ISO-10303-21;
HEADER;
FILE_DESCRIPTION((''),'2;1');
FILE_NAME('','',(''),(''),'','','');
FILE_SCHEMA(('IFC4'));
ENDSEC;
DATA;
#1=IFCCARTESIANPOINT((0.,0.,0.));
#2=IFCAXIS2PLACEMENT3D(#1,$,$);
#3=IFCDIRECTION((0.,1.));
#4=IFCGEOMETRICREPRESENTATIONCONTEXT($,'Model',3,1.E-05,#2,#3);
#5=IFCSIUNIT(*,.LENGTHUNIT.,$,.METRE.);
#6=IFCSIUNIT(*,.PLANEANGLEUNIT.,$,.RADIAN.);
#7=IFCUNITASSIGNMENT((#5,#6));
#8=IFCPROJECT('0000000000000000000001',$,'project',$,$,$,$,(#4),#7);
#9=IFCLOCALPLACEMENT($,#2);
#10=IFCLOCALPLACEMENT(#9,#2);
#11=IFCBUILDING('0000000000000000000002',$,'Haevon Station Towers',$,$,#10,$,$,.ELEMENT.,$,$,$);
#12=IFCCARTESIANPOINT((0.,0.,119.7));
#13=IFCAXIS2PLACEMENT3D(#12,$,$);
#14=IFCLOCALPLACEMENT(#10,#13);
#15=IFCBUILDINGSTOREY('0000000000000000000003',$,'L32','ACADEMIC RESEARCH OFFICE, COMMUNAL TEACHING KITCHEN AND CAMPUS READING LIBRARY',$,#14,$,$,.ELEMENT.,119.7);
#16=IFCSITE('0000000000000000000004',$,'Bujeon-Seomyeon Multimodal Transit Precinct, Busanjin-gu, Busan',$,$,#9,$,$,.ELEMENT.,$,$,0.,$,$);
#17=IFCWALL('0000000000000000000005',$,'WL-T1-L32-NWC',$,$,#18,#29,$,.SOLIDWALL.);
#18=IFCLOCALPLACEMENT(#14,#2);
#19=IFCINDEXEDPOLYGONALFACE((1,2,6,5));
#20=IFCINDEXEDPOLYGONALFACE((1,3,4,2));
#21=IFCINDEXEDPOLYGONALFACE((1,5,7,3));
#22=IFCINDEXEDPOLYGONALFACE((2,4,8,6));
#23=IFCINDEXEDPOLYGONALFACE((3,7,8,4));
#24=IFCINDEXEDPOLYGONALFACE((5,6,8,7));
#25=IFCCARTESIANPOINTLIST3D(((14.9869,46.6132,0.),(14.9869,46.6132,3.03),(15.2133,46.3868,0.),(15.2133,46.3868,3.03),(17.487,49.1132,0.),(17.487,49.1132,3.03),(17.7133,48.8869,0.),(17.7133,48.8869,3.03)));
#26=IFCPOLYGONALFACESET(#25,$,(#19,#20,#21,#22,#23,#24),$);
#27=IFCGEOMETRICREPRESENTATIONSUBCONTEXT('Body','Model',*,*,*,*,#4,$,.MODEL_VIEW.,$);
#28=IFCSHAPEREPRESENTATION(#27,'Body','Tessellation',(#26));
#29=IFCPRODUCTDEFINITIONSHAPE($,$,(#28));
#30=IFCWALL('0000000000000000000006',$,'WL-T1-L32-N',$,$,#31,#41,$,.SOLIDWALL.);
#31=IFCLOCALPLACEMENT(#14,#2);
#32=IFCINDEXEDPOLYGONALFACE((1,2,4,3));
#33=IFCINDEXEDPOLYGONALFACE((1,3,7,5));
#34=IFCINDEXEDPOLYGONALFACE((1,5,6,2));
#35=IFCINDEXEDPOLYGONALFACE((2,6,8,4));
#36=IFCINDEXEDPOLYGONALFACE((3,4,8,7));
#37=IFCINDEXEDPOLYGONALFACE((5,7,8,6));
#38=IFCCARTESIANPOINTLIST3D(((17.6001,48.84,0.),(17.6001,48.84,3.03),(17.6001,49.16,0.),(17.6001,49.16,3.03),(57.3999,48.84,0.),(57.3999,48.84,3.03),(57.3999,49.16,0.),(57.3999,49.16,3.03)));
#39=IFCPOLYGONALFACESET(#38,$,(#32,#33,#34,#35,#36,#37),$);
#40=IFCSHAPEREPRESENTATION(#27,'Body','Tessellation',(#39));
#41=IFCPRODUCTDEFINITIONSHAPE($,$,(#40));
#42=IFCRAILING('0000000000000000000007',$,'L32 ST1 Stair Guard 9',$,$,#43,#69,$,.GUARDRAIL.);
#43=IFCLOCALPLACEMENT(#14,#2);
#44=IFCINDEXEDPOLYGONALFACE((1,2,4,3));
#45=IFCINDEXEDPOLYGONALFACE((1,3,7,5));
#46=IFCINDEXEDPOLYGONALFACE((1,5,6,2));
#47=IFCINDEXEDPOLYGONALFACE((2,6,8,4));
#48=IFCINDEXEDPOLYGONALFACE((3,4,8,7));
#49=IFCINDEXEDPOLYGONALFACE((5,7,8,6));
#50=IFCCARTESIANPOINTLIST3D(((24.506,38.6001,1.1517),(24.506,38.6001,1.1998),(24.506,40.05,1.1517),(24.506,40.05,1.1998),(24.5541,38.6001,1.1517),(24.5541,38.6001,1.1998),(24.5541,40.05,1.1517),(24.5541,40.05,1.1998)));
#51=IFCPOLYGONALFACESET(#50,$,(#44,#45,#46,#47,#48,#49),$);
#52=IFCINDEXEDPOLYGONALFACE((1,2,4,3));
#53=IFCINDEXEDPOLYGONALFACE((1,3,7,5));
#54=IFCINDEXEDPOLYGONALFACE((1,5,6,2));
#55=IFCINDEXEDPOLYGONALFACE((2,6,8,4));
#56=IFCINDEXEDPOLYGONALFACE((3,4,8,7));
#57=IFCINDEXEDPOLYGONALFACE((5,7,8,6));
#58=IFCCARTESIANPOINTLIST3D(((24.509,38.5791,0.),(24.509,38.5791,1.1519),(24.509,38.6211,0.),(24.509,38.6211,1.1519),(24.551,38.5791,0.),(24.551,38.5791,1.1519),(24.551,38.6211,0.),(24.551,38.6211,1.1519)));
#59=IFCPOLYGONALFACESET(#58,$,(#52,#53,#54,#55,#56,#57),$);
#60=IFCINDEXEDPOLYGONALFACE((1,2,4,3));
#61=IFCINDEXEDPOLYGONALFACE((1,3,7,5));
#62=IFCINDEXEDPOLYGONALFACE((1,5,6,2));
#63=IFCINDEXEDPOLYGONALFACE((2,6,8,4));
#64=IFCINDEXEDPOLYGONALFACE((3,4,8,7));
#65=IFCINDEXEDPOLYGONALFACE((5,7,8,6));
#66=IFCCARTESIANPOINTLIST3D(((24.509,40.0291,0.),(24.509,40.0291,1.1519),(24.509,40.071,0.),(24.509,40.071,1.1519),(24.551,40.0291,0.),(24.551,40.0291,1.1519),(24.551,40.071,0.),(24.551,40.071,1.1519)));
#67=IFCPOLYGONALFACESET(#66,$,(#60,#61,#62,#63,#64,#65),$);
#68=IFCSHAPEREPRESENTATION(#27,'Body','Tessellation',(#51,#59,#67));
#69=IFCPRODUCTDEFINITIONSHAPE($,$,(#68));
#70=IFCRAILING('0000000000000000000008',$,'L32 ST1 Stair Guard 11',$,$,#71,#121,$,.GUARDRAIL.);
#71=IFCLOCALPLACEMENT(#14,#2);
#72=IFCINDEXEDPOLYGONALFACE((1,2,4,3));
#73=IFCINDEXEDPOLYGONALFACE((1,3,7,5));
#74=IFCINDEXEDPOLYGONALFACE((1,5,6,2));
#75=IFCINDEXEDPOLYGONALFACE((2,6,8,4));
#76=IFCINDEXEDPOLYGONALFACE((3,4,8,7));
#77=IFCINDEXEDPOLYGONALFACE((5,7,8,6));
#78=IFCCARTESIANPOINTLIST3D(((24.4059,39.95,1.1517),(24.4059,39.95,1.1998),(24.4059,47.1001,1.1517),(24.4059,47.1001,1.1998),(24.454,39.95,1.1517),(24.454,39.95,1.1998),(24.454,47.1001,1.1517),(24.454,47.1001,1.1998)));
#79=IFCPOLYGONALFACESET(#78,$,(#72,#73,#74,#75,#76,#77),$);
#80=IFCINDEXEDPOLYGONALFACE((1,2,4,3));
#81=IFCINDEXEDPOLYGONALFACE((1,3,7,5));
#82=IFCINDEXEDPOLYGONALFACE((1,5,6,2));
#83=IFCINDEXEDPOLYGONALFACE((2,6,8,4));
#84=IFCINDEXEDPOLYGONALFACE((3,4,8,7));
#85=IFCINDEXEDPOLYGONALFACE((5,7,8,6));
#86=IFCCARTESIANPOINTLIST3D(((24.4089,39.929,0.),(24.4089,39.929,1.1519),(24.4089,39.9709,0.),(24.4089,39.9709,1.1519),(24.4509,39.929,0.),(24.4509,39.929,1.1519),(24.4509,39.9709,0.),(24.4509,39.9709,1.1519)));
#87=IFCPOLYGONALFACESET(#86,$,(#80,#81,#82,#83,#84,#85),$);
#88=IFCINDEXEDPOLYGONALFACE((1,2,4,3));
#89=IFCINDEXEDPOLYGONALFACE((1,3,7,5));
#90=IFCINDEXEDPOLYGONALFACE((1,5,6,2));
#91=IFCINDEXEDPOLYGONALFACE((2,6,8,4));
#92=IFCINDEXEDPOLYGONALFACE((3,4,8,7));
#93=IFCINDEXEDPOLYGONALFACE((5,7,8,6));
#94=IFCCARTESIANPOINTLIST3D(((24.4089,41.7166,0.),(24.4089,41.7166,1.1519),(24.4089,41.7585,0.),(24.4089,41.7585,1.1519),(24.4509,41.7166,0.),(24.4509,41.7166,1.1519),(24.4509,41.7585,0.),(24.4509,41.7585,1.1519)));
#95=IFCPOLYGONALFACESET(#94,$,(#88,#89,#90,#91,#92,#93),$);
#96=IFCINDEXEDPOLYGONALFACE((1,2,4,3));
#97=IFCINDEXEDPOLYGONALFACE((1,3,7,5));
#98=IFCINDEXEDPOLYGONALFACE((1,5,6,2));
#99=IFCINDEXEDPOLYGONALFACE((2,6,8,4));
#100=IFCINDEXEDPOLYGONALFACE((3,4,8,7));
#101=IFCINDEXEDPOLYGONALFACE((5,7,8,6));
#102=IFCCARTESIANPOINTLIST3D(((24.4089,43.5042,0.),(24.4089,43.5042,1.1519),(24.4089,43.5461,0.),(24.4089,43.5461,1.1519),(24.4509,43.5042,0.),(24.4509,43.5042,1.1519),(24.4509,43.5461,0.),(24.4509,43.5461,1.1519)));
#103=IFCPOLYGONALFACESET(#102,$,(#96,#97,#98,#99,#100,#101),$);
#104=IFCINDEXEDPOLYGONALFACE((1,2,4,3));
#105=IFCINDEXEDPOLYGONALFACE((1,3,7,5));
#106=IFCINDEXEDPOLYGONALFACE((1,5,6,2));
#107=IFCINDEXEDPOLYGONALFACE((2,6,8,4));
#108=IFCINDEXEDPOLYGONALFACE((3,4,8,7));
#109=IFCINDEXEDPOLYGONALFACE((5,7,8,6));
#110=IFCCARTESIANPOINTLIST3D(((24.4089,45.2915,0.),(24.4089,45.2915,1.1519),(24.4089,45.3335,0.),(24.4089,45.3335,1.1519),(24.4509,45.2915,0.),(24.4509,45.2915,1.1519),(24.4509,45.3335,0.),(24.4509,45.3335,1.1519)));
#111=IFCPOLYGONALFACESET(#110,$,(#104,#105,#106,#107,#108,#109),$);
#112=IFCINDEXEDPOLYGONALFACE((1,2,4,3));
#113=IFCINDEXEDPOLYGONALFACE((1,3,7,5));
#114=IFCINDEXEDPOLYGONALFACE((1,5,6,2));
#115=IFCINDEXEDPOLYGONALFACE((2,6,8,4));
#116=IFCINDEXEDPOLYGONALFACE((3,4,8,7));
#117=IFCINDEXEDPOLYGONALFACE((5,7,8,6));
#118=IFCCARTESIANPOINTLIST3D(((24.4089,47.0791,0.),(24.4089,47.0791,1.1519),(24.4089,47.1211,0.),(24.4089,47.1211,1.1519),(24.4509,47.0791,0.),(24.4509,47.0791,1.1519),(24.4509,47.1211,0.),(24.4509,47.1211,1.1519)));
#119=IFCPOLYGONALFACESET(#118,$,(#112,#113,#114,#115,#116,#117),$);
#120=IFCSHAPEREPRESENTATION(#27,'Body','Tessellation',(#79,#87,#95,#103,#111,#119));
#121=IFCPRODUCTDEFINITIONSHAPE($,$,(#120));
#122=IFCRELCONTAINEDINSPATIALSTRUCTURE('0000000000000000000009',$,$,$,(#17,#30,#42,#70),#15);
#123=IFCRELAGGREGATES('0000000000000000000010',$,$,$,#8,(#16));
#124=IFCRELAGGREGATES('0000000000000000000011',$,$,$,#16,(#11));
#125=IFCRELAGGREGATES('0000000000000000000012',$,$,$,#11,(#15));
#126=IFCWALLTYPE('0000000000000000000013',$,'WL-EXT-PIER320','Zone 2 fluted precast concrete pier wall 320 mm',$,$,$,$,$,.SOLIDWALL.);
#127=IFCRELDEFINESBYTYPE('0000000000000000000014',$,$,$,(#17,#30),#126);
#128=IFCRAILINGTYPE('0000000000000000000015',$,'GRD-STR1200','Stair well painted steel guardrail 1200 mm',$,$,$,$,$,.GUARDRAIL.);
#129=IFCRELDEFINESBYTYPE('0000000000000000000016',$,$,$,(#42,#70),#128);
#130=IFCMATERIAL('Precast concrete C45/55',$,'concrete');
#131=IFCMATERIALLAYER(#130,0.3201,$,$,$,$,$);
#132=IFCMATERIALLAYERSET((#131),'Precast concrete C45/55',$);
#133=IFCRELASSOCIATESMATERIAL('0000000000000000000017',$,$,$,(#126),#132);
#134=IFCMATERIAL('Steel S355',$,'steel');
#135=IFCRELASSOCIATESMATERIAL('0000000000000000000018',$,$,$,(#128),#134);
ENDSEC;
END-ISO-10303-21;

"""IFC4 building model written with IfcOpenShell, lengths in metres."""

from ifc_helpers import new_model, si_unit, direction, frame, frame_2d, origin, origin_2d, place, context, subcontext, project, spatial, rectangle, extrude, material, layer, layer_set, type_object, element, save


model = new_model("IFC4")

# Units and contexts
model_context = context("Model", 3, precision=1e-05, world=origin(), true_north=direction((0.0, 1.0)))
body_context = subcontext(model_context, "Body", "Model", "MODEL_VIEW")
ifc_project = project(units=[si_unit("LENGTHUNIT", "METRE"), si_unit("PLANEANGLEUNIT", "RADIAN")], contexts=[model_context])

# Site, building, storey
site_placement = place(None, origin())
site = spatial("IfcSite", under=ifc_project, at=site_placement, Name="Bujeon-Seomyeon Multimodal Transit Precinct, Busanjin-gu, Busan", CompositionType="ELEMENT", RefElevation=0.0)
building_placement = place(site_placement, origin())
building = spatial("IfcBuilding", under=site, at=building_placement, Name="Haevon Station Towers", CompositionType="ELEMENT")
storey_placement = place(building_placement, frame((0.0, 0.0, 119.7)))
storey = spatial("IfcBuildingStorey", under=building, at=storey_placement, Name="L32", Description="ACADEMIC RESEARCH OFFICE, COMMUNAL TEACHING KITCHEN AND CAMPUS READING LIBRARY", CompositionType="ELEMENT", Elevation=119.7)

# Shared definitions
ifc_material_1 = material(Name="Steel S355", Category="steel")

# Walls
ifc_material_2 = material(Name="Precast concrete C45/55", Category="concrete")
ifc_layer_1 = layer(ifc_material_2, 0.3201)
ifc_layer_set_1 = layer_set([ifc_layer_1], Name="Precast concrete C45/55")
wall_type_1 = type_object("IfcWallType", Name="WL-EXT-PIER320", Description="Zone 2 fluted precast concrete pier wall 320 mm", PredefinedType="SOLIDWALL", material=ifc_layer_set_1)
wall_1_placement = place(storey_placement, frame((15.1001, 46.5, 0.0), z_axis=(0.0, 0.0, 1.0), x_axis=(0.707107, 0.707107, 0.0)))
element("IfcWall", 1, at=wall_1_placement, inside=storey, type_object=wall_type_1, Name="WL-T1-L32-NWC", PredefinedType="SOLIDWALL", context=body_context, shape_type="SweptSolid", body=[
    extrude(rectangle(XDim=3.5356, YDim=0.3201, at=frame_2d((1.7678, 0.0))), origin(), (0.0, 0.0, 1.0), 3.03),
])
wall_2_placement = place(storey_placement, frame((17.6001, 49.0, 0.0), z_axis=(0.0, 0.0, 1.0), x_axis=(1.0, 0.0, 0.0)))
element("IfcWall", 2, at=wall_2_placement, inside=storey, type_object=wall_type_1, Name="WL-T1-L32-N", PredefinedType="SOLIDWALL", context=body_context, shape_type="SweptSolid", body=[
    extrude(rectangle(XDim=39.7998, YDim=0.3201, at=frame_2d((19.8999, 0.0))), origin(), (0.0, 0.0, 1.0), 3.03),
])

# Railings
railing_type = type_object("IfcRailingType", Name="GRD-STR1200", Description="Stair well painted steel guardrail 1200 mm", PredefinedType="GUARDRAIL", material=ifc_material_1)
railing_1_placement = place(storey_placement, frame((24.53, 38.6001, 0.0)))
element("IfcRailing", 3, at=railing_1_placement, inside=storey, type_object=railing_type, Name="L32 ST1 Stair Guard 9", PredefinedType="GUARDRAIL", context=body_context, shape_type="SweptSolid", body=[
    extrude(rectangle(XDim=0.0481, YDim=0.0481, at=origin_2d()), frame((0.0, 0.0, 1.1758), z_axis=(0.0, 1.0, 0.0), x_axis=(-1.0, 0.0, 0.0)), (0.0, 0.0, 1.0), 1.45),
    extrude(rectangle(XDim=0.042, YDim=0.042, at=origin_2d()), origin(), (0.0, 0.0, 1.0), 1.1519),
    extrude(rectangle(XDim=0.042, YDim=0.042, at=origin_2d()), frame((0.0, 1.45, 0.0)), (0.0, 0.0, 1.0), 1.1519),
])
railing_2_placement = place(storey_placement, frame((24.4299, 39.95, 0.0)))
element("IfcRailing", 4, at=railing_2_placement, inside=storey, type_object=railing_type, Name="L32 ST1 Stair Guard 11", PredefinedType="GUARDRAIL", context=body_context, shape_type="SweptSolid", body=[
    extrude(rectangle(XDim=0.0481, YDim=0.0481, at=origin_2d()), frame((0.0, 0.0, 1.1758), z_axis=(0.0, 1.0, 0.0), x_axis=(-1.0, 0.0, 0.0)), (0.0, 0.0, 1.0), 7.1501),
    extrude(rectangle(XDim=0.042, YDim=0.042, at=origin_2d()), origin(), (0.0, 0.0, 1.0), 1.1519),
    extrude(rectangle(XDim=0.042, YDim=0.042, at=origin_2d()), frame((0.0, 1.7876, 0.0)), (0.0, 0.0, 1.0), 1.1519),
    extrude(rectangle(XDim=0.042, YDim=0.042, at=origin_2d()), frame((0.0, 3.5752, 0.0)), (0.0, 0.0, 1.0), 1.1519),
    extrude(rectangle(XDim=0.042, YDim=0.042, at=origin_2d()), frame((0.0, 5.3625, 0.0)), (0.0, 0.0, 1.0), 1.1519),
    extrude(rectangle(XDim=0.042, YDim=0.042, at=origin_2d()), frame((0.0, 7.1501, 0.0)), (0.0, 0.0, 1.0), 1.1519),
])

save(model, "model.ifc")
